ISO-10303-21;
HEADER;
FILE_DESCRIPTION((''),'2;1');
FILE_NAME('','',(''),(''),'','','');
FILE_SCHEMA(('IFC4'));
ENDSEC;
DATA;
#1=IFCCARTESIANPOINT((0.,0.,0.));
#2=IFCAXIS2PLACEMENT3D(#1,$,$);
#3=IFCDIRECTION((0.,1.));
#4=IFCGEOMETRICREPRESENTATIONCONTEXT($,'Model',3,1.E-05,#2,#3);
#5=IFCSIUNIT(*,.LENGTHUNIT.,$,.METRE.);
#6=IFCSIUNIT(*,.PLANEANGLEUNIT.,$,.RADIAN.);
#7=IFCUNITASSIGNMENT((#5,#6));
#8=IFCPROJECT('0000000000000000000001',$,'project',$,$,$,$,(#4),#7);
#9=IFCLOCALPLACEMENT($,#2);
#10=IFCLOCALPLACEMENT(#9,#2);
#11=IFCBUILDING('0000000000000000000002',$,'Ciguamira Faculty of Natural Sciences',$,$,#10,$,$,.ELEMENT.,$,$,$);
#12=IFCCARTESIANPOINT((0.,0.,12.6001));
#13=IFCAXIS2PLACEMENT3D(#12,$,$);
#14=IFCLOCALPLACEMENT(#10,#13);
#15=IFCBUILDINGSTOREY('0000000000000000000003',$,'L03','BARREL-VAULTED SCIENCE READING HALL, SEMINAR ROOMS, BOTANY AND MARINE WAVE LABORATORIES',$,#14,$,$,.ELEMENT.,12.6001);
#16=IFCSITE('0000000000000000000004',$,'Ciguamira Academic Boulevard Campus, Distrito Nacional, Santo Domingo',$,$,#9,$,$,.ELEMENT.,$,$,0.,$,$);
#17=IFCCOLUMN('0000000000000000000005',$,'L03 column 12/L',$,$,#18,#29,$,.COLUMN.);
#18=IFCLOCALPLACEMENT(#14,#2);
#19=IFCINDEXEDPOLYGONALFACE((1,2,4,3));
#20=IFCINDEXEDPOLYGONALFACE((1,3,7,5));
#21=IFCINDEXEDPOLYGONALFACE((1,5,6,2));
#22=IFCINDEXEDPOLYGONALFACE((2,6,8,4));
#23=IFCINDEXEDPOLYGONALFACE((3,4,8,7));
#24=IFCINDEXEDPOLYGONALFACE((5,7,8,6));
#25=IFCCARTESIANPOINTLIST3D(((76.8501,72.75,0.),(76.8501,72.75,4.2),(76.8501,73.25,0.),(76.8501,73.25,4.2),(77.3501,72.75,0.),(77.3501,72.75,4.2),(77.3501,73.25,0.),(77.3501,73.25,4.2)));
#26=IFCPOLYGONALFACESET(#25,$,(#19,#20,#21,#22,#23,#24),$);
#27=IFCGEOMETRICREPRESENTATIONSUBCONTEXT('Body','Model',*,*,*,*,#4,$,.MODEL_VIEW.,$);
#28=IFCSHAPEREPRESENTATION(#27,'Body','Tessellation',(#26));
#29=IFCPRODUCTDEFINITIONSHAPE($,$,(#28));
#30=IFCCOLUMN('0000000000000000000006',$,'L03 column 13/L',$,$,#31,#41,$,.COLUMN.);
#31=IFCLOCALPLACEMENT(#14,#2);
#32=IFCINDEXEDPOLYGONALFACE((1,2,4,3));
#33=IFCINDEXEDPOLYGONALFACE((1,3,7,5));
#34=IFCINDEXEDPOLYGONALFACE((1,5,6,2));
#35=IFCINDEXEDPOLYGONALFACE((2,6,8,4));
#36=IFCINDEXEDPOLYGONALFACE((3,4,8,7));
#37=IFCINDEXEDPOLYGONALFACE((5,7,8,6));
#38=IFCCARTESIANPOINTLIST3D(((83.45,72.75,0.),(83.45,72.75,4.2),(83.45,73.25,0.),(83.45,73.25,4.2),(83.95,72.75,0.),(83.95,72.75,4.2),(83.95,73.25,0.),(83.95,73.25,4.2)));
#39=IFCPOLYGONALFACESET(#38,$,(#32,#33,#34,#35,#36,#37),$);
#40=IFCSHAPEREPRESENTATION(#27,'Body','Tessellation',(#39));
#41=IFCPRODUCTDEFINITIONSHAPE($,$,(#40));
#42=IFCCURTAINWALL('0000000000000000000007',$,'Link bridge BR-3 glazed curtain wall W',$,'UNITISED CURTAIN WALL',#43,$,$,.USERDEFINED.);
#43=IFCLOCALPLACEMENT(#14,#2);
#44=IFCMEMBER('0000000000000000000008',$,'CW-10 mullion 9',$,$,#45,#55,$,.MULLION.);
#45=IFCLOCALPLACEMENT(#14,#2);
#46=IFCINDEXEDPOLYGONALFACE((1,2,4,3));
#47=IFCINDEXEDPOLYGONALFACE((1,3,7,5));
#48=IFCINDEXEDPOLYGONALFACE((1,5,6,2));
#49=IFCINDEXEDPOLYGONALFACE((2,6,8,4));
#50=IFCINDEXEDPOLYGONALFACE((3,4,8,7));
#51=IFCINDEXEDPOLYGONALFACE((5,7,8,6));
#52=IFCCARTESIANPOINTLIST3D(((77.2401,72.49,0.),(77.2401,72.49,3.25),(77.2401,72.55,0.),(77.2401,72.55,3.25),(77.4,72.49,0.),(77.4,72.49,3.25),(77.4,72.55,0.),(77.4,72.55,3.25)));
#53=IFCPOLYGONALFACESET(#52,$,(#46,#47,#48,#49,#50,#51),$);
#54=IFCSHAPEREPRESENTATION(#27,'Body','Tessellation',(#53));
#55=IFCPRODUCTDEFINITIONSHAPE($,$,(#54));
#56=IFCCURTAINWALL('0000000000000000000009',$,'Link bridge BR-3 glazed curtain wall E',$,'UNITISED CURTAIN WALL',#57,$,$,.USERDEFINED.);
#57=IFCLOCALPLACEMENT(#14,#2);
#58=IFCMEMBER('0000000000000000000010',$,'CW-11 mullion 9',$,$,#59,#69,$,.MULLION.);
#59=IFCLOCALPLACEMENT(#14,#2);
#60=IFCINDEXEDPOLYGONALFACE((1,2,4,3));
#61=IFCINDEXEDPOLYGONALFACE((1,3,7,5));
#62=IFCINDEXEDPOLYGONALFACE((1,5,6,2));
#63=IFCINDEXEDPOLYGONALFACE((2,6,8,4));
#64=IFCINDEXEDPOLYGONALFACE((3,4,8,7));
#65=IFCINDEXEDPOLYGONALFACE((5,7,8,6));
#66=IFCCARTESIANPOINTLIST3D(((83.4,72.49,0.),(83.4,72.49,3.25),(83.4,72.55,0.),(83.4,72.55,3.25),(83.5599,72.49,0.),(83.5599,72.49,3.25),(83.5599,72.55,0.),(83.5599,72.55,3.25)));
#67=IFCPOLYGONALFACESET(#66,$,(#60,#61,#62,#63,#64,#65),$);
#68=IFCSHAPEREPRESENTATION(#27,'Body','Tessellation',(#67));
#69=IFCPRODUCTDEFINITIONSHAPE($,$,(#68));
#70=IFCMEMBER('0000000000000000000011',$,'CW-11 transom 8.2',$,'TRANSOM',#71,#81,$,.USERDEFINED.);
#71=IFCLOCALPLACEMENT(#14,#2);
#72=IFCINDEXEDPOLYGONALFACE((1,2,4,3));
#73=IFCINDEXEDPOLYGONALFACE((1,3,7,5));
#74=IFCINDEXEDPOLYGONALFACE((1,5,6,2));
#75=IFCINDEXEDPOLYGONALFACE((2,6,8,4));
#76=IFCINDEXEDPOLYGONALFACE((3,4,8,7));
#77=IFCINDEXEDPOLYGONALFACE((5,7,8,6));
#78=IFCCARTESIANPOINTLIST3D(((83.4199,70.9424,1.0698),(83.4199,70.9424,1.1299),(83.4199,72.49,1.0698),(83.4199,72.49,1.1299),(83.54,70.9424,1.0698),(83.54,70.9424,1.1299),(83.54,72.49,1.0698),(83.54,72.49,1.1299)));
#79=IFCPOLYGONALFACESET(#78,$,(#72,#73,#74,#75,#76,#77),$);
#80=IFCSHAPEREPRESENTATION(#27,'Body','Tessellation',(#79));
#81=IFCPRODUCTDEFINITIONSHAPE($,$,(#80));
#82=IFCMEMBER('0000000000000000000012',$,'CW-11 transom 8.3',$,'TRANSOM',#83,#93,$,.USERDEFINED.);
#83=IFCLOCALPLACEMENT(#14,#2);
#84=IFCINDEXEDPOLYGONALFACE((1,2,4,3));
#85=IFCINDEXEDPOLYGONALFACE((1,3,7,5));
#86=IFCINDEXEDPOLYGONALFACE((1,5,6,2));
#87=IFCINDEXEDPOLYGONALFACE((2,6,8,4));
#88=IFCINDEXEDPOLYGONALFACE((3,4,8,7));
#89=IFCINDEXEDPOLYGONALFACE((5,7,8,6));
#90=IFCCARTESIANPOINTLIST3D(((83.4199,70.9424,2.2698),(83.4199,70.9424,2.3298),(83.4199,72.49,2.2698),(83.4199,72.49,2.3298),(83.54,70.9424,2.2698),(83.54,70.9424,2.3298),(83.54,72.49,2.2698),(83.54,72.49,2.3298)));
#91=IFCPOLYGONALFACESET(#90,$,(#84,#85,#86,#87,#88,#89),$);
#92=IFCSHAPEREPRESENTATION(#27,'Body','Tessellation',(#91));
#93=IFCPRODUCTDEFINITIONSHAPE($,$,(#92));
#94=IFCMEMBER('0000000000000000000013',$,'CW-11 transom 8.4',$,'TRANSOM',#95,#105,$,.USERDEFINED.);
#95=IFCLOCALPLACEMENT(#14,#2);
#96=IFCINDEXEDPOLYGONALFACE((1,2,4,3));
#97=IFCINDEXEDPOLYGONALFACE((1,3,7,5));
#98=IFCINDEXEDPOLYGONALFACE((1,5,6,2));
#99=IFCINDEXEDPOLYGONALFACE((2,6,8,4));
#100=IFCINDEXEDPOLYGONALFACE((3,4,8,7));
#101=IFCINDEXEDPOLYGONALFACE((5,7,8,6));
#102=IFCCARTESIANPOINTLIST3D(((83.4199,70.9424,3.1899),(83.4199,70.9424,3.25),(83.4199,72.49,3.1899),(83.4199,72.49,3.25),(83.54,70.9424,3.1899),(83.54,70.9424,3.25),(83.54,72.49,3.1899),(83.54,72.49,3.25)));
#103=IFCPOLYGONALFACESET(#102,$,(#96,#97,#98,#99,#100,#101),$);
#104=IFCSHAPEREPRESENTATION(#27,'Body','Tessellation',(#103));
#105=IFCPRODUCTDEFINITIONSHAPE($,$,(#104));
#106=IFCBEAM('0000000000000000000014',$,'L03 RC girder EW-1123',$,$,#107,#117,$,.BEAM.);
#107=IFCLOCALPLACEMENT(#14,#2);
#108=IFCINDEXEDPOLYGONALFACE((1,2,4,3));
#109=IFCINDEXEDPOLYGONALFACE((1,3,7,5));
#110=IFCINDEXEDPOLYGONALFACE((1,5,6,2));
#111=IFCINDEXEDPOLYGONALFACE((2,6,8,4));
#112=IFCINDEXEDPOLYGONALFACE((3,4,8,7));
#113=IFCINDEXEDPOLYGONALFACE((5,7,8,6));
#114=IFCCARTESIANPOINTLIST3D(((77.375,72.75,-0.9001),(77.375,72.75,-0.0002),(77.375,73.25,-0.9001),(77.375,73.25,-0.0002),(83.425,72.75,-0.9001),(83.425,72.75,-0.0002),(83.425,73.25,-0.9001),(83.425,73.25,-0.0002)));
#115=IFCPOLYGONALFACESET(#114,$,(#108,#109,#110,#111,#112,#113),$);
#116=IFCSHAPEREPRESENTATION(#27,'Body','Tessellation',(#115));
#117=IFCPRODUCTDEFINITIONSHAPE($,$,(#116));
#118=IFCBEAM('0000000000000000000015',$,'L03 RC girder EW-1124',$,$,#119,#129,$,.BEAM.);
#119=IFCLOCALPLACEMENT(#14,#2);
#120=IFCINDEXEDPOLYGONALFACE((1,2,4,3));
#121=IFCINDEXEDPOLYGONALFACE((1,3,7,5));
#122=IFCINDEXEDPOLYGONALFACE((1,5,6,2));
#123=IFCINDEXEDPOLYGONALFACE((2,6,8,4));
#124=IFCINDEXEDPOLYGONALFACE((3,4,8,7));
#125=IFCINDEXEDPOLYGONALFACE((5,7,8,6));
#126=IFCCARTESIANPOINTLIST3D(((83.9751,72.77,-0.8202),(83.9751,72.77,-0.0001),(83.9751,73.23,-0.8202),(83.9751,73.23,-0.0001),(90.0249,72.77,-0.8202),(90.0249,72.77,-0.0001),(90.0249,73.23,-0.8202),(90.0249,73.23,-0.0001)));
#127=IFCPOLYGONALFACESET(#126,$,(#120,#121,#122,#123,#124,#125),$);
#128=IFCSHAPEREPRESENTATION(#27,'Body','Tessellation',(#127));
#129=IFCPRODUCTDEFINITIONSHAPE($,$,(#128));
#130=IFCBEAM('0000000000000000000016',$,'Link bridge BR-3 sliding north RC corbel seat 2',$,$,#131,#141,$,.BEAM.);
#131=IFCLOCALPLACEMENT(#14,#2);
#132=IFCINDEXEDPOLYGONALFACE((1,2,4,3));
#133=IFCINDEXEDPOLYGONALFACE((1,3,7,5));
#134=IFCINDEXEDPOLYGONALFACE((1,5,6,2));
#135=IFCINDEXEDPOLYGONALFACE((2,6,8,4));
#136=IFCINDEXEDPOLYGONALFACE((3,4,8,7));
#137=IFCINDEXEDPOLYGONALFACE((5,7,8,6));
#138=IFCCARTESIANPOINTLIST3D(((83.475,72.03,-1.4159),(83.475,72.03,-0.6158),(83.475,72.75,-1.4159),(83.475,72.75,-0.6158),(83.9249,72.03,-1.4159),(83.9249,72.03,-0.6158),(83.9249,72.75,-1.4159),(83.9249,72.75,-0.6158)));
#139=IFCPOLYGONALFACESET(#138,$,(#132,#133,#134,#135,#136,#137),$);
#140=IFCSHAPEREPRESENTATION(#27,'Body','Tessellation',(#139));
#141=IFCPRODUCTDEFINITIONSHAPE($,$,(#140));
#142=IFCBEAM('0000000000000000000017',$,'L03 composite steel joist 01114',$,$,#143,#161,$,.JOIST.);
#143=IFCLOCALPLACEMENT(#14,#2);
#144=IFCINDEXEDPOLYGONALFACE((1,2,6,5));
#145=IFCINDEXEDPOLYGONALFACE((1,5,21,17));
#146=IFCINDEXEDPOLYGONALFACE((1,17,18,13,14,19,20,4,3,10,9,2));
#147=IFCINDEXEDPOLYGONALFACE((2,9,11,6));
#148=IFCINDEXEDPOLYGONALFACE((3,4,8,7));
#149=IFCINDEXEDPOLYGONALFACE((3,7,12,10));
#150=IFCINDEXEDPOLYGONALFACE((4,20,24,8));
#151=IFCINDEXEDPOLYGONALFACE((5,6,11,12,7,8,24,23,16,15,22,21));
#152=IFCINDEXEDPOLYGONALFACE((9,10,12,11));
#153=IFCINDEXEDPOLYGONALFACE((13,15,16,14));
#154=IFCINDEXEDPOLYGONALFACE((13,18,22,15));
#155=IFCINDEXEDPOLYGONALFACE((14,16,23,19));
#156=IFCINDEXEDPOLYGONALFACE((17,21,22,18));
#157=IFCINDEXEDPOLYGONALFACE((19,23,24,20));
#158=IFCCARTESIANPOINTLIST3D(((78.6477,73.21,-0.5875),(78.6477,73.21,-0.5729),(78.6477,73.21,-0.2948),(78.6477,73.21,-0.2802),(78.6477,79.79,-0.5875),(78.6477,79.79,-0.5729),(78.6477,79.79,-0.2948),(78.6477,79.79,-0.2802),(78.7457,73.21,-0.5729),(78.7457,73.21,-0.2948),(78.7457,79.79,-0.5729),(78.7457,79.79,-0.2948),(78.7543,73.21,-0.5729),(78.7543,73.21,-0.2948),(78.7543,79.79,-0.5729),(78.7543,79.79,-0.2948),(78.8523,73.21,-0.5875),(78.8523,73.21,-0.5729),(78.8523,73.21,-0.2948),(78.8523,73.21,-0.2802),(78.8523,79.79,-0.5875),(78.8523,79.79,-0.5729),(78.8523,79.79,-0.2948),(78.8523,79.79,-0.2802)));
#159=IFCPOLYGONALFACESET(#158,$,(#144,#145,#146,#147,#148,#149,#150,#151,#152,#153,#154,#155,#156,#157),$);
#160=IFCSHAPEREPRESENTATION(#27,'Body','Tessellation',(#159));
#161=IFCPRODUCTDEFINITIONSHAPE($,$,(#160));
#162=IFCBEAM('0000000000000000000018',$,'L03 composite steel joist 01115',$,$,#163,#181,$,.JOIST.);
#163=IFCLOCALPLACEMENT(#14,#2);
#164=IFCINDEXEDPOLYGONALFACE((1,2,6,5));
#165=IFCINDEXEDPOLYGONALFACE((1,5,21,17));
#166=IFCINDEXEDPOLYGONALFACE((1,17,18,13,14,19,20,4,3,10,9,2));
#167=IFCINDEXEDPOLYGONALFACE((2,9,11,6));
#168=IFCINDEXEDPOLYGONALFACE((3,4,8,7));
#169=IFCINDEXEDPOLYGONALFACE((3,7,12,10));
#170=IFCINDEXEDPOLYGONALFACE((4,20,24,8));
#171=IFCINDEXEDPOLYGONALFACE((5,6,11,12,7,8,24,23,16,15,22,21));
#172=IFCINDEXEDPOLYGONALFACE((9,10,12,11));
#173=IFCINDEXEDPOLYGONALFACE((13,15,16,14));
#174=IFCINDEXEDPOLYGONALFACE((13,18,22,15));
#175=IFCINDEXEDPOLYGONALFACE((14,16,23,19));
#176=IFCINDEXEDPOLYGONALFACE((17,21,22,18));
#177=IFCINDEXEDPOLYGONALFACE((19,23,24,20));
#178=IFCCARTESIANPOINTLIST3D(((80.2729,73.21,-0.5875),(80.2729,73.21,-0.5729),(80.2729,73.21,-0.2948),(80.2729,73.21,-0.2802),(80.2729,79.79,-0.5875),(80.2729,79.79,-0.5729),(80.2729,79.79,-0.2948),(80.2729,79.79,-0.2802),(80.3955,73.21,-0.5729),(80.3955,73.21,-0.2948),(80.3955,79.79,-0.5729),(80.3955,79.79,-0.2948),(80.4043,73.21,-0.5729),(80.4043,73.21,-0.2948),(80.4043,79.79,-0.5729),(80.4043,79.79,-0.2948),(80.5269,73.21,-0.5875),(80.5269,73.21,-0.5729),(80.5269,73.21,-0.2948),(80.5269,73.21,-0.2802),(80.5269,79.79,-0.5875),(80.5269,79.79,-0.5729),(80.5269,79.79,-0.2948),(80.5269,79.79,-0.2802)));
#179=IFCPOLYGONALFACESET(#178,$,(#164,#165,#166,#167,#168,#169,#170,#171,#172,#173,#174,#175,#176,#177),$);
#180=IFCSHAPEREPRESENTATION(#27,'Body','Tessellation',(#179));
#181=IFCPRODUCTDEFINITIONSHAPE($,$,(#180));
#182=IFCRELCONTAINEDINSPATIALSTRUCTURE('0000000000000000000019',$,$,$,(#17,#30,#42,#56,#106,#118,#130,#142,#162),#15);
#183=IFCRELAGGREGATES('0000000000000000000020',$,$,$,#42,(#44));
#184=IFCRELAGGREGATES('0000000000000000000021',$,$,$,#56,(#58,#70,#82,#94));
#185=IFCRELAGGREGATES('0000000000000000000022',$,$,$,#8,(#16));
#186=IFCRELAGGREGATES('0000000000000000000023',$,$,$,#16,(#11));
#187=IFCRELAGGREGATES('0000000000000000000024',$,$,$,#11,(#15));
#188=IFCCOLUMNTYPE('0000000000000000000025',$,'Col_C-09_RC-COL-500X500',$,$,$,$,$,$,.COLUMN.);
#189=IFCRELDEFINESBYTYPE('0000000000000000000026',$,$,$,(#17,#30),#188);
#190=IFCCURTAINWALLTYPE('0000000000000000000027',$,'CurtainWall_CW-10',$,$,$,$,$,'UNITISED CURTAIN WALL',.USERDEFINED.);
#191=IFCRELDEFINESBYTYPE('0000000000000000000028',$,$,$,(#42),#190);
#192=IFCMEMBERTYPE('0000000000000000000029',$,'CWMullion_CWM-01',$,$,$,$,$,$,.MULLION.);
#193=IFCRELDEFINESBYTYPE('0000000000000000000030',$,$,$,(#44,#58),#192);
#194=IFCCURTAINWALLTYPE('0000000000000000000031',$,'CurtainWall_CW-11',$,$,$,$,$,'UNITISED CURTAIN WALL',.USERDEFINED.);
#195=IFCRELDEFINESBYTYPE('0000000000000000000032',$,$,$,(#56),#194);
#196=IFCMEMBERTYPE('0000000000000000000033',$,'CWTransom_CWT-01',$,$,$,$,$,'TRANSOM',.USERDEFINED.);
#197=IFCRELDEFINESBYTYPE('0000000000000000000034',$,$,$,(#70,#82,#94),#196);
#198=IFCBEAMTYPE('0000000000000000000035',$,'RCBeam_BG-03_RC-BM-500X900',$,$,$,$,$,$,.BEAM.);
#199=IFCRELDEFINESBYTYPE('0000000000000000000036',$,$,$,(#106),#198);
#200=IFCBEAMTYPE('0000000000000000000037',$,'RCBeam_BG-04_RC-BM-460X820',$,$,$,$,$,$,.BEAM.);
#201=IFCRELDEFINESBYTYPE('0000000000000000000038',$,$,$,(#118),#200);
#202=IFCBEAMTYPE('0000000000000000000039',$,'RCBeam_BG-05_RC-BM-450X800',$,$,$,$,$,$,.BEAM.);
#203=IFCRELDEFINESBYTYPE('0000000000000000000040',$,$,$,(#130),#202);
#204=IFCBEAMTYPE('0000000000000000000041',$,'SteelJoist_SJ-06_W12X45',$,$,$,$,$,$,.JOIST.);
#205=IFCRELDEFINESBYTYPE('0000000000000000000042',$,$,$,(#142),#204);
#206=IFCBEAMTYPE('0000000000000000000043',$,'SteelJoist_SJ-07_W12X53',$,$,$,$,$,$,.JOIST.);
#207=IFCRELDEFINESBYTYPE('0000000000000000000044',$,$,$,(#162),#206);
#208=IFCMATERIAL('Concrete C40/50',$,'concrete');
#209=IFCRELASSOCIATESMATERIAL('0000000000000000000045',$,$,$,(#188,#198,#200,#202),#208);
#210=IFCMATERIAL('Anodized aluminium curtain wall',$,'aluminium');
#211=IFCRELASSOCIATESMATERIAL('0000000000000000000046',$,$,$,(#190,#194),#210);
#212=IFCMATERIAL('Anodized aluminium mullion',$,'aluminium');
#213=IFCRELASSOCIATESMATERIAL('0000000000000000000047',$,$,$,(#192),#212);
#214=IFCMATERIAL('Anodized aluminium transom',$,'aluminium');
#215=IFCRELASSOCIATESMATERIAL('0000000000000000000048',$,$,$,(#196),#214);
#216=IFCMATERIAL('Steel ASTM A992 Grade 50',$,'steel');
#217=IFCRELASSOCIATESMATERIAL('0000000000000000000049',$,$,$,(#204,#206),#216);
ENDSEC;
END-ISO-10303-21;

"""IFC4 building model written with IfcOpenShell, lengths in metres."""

from ifc_helpers import new_model, si_unit, direction, frame, origin, origin_2d, place, context, subcontext, project, spatial, rectangle, i_section, extrude, material, material_profile, profile_set, type_object, element, aggregate, save


model = new_model("IFC4")

# Units and contexts
model_context = context("Model", 3, precision=1e-05, world=origin(), true_north=direction((0.0, 1.0)))
body_context = subcontext(model_context, "Body", "Model", "MODEL_VIEW")
ifc_project = project(units=[si_unit("LENGTHUNIT", "METRE"), si_unit("PLANEANGLEUNIT", "RADIAN")], contexts=[model_context])

# Site, building, storey
site_placement = place(None, origin())
site = spatial("IfcSite", under=ifc_project, at=site_placement, Name="Ciguamira Academic Boulevard Campus, Distrito Nacional, Santo Domingo", CompositionType="ELEMENT", RefElevation=0.0)
building_placement = place(site_placement, origin())
building = spatial("IfcBuilding", under=site, at=building_placement, Name="Ciguamira Faculty of Natural Sciences", CompositionType="ELEMENT")
storey_placement = place(building_placement, frame((0.0, 0.0, 12.6001)))
storey = spatial("IfcBuildingStorey", under=building, at=storey_placement, Name="L03", Description="BARREL-VAULTED SCIENCE READING HALL, SEMINAR ROOMS, BOTANY AND MARINE WAVE LABORATORIES", CompositionType="ELEMENT", Elevation=12.6001)

# Columns
ifc_material_1 = material(Name="Concrete C40/50", Category="concrete")
ifc_material_profile_1 = material_profile(ifc_material_1, rectangle(XDim=0.5, YDim=0.5, at=origin_2d()), Name="RC-COL-500X500")
ifc_profile_set_1 = profile_set([ifc_material_profile_1], Name="Concrete C40/50")
column_type = type_object("IfcColumnType", Name="Col_C-09_RC-COL-500X500", PredefinedType="COLUMN", material=ifc_profile_set_1)
for number, where, z_axis, x_axis, name in (
    (1, (77.1001, 73.0, 0.0), (0.0, 0.0, 1.0), (1.0, 0.0, 0.0), "L03 column 12/L"),
    (2, (83.7, 73.0, 0.0), (0.0, 0.0, 1.0), (1.0, 0.0, 0.0), "L03 column 13/L"),
):
    element("IfcColumn", number, at=place(storey_placement, frame(where, z_axis=z_axis, x_axis=x_axis)), inside=storey, type_object=column_type, Name=name, PredefinedType="COLUMN", context=body_context, shape_type="SweptSolid", body=[
        extrude(rectangle(XDim=0.5, YDim=0.5, at=origin_2d()), origin(), (0.0, 0.0, 1.0), 4.2),
    ])

# Curtain wall, member
ifc_material_2 = material(Name="Anodized aluminium curtain wall", Category="aluminium")
curtain_wall_type_1 = type_object("IfcCurtainWallType", Name="CurtainWall_CW-10", ElementType="UNITISED CURTAIN WALL", PredefinedType="USERDEFINED", material=ifc_material_2)
curtain_wall_1_placement = place(storey_placement, origin())
curtain_wall_1 = element("IfcCurtainWall", 3, at=curtain_wall_1_placement, inside=storey, type_object=curtain_wall_type_1, Name="Link bridge BR-3 glazed curtain wall W", ObjectType="UNITISED CURTAIN WALL", PredefinedType="USERDEFINED")
ifc_material_3 = material(Name="Anodized aluminium mullion", Category="aluminium")
ifc_material_profile_2 = material_profile(ifc_material_3, rectangle(XDim=0.0601, YDim=0.1599, at=origin_2d()), Name="ALU-MUL-60X160")
ifc_profile_set_2 = profile_set([ifc_material_profile_2], Name="Anodized aluminium mullion")
member_type_1 = type_object("IfcMemberType", Name="CWMullion_CWM-01", PredefinedType="MULLION", material=ifc_profile_set_2)
member_1_placement = place(storey_placement, frame((77.3201, 72.52, 0.0), z_axis=(0.0, 0.0, 1.0), x_axis=(0.0, 1.0, 0.0)))
member_1 = element("IfcMember", 4, at=member_1_placement, type_object=member_type_1, Name="CW-10 mullion 9", PredefinedType="MULLION", context=body_context, shape_type="SweptSolid", body=[
    extrude(rectangle(XDim=0.0601, YDim=0.1599, at=origin_2d()), origin(), (0.0, 0.0, 1.0), 3.25),
])

# Curtain wall, members
curtain_wall_type_2 = type_object("IfcCurtainWallType", Name="CurtainWall_CW-11", ElementType="UNITISED CURTAIN WALL", PredefinedType="USERDEFINED", material=ifc_material_2)
curtain_wall_2_placement = place(storey_placement, origin())
curtain_wall_2 = element("IfcCurtainWall", 5, at=curtain_wall_2_placement, inside=storey, type_object=curtain_wall_type_2, Name="Link bridge BR-3 glazed curtain wall E", ObjectType="UNITISED CURTAIN WALL", PredefinedType="USERDEFINED")
member_2_placement = place(storey_placement, frame((83.48, 72.52, 0.0), z_axis=(0.0, 0.0, 1.0), x_axis=(0.0, 1.0, 0.0)))
member_2 = element("IfcMember", 6, at=member_2_placement, type_object=member_type_1, Name="CW-11 mullion 9", PredefinedType="MULLION", context=body_context, shape_type="SweptSolid", body=[
    extrude(rectangle(XDim=0.0601, YDim=0.1599, at=origin_2d()), origin(), (0.0, 0.0, 1.0), 3.25),
])
ifc_material_4 = material(Name="Anodized aluminium transom", Category="aluminium")
ifc_material_profile_3 = material_profile(ifc_material_4, rectangle(XDim=0.0601, YDim=0.1201, at=origin_2d()), Name="ALU-TRN-60X120")
ifc_profile_set_3 = profile_set([ifc_material_profile_3], Name="Anodized aluminium transom")
member_type_2 = type_object("IfcMemberType", Name="CWTransom_CWT-01", ElementType="TRANSOM", PredefinedType="USERDEFINED", material=ifc_profile_set_3)
member_3_placement = place(storey_placement, frame((83.48, 70.9424, 1.0999), z_axis=(0.0, 1.0, 0.0), x_axis=(0.0, 0.0, 1.0)))
member_3 = element("IfcMember", 7, at=member_3_placement, type_object=member_type_2, Name="CW-11 transom 8.2", ObjectType="TRANSOM", PredefinedType="USERDEFINED", context=body_context, shape_type="SweptSolid", body=[
    extrude(rectangle(XDim=0.0601, YDim=0.1201, at=origin_2d()), origin(), (0.0, 0.0, 1.0), 1.5476),
])
member_4_placement = place(storey_placement, frame((83.48, 70.9424, 2.2998), z_axis=(0.0, 1.0, 0.0), x_axis=(0.0, 0.0, 1.0)))
member_4 = element("IfcMember", 8, at=member_4_placement, type_object=member_type_2, Name="CW-11 transom 8.3", ObjectType="TRANSOM", PredefinedType="USERDEFINED", context=body_context, shape_type="SweptSolid", body=[
    extrude(rectangle(XDim=0.0601, YDim=0.1201, at=origin_2d()), origin(), (0.0, 0.0, 1.0), 1.5476),
])
member_5_placement = place(storey_placement, frame((83.48, 70.9424, 3.22), z_axis=(0.0, 1.0, 0.0), x_axis=(0.0, 0.0, 1.0)))
member_5 = element("IfcMember", 9, at=member_5_placement, type_object=member_type_2, Name="CW-11 transom 8.4", ObjectType="TRANSOM", PredefinedType="USERDEFINED", context=body_context, shape_type="SweptSolid", body=[
    extrude(rectangle(XDim=0.0601, YDim=0.1201, at=origin_2d()), origin(), (0.0, 0.0, 1.0), 1.5476),
])

# Beams
ifc_material_profile_4 = material_profile(ifc_material_1, rectangle(XDim=0.5, YDim=0.8999, at=origin_2d()), Name="RC-BM-500X900")
ifc_profile_set_4 = profile_set([ifc_material_profile_4], Name="Concrete C40/50")
beam_type_1 = type_object("IfcBeamType", Name="RCBeam_BG-03_RC-BM-500X900", PredefinedType="BEAM", material=ifc_profile_set_4)
beam_1_placement = place(storey_placement, frame((77.375, 73.0, -0.4502), z_axis=(1.0, 0.0, 0.0), x_axis=(0.0, 1.0, 0.0)))
element("IfcBeam", 10, at=beam_1_placement, inside=storey, type_object=beam_type_1, Name="L03 RC girder EW-1123", PredefinedType="BEAM", context=body_context, shape_type="SweptSolid", body=[
    extrude(rectangle(XDim=0.5, YDim=0.8999, at=origin_2d()), origin(), (0.0, 0.0, 1.0), 6.05),
])
ifc_material_profile_5 = material_profile(ifc_material_1, rectangle(XDim=0.46, YDim=0.8201, at=origin_2d()), Name="RC-BM-460X820")
ifc_profile_set_5 = profile_set([ifc_material_profile_5], Name="Concrete C40/50")
beam_type_2 = type_object("IfcBeamType", Name="RCBeam_BG-04_RC-BM-460X820", PredefinedType="BEAM", material=ifc_profile_set_5)
beam_2_placement = place(storey_placement, frame((83.9751, 73.0, -0.4102), z_axis=(1.0, 0.0, 0.0), x_axis=(0.0, 1.0, 0.0)))
element("IfcBeam", 11, at=beam_2_placement, inside=storey, type_object=beam_type_2, Name="L03 RC girder EW-1124", PredefinedType="BEAM", context=body_context, shape_type="SweptSolid", body=[
    extrude(rectangle(XDim=0.46, YDim=0.8201, at=origin_2d()), origin(), (0.0, 0.0, 1.0), 6.0498),
])
ifc_material_profile_6 = material_profile(ifc_material_1, rectangle(XDim=0.45, YDim=0.8, at=origin_2d()), Name="RC-BM-450X800")
ifc_profile_set_6 = profile_set([ifc_material_profile_6], Name="Concrete C40/50")
beam_type_3 = type_object("IfcBeamType", Name="RCBeam_BG-05_RC-BM-450X800", PredefinedType="BEAM", material=ifc_profile_set_6)
beam_3_placement = place(storey_placement, frame((83.7, 72.03, -1.0159), z_axis=(0.0, 1.0, 0.0), x_axis=(-1.0, 0.0, 0.0)))
element("IfcBeam", 12, at=beam_3_placement, inside=storey, type_object=beam_type_3, Name="Link bridge BR-3 sliding north RC corbel seat 2", PredefinedType="BEAM", context=body_context, shape_type="SweptSolid", body=[
    extrude(rectangle(XDim=0.45, YDim=0.8, at=origin_2d()), origin(), (0.0, 0.0, 1.0), 0.72),
])
ifc_material_5 = material(Name="Steel ASTM A992 Grade 50", Category="steel")
ifc_material_profile_7 = material_profile(ifc_material_5, i_section(OverallWidth=0.2046, OverallDepth=0.3074, WebThickness=0.0085, FlangeThickness=0.0146, at=origin_2d()), Name="W12X45")
ifc_profile_set_7 = profile_set([ifc_material_profile_7], Name="Steel ASTM A992 Grade 50")
beam_type_4 = type_object("IfcBeamType", Name="SteelJoist_SJ-06_W12X45", PredefinedType="JOIST", material=ifc_profile_set_7)
beam_4_placement = place(storey_placement, frame((78.75, 73.21, -0.4338), z_axis=(0.0, 1.0, 0.0), x_axis=(-1.0, 0.0, 0.0)))
element("IfcBeam", 13, at=beam_4_placement, inside=storey, type_object=beam_type_4, Name="L03 composite steel joist 01114", PredefinedType="JOIST", context=body_context, shape_type="SweptSolid", body=[
    extrude(i_section(OverallWidth=0.2046, OverallDepth=0.3074, WebThickness=0.0085, FlangeThickness=0.0146, at=origin_2d()), origin(), (0.0, 0.0, 1.0), 6.5801),
])
ifc_material_profile_8 = material_profile(ifc_material_5, i_section(OverallWidth=0.2539, OverallDepth=0.3074, WebThickness=0.0088, FlangeThickness=0.0146, at=origin_2d()), Name="W12X53")
ifc_profile_set_8 = profile_set([ifc_material_profile_8], Name="Steel ASTM A992 Grade 50")
beam_type_5 = type_object("IfcBeamType", Name="SteelJoist_SJ-07_W12X53", PredefinedType="JOIST", material=ifc_profile_set_8)
beam_5_placement = place(storey_placement, frame((80.3999, 73.21, -0.4338), z_axis=(0.0, 1.0, 0.0), x_axis=(-1.0, 0.0, 0.0)))
element("IfcBeam", 14, at=beam_5_placement, inside=storey, type_object=beam_type_5, Name="L03 composite steel joist 01115", PredefinedType="JOIST", context=body_context, shape_type="SweptSolid", body=[
    extrude(i_section(OverallWidth=0.2539, OverallDepth=0.3074, WebThickness=0.0088, FlangeThickness=0.0146, at=origin_2d()), origin(), (0.0, 0.0, 1.0), 6.5801),
])

aggregate(curtain_wall_1, [member_1])
aggregate(curtain_wall_2, [member_2, member_3, member_4, member_5])

save(model, "model.ifc")
